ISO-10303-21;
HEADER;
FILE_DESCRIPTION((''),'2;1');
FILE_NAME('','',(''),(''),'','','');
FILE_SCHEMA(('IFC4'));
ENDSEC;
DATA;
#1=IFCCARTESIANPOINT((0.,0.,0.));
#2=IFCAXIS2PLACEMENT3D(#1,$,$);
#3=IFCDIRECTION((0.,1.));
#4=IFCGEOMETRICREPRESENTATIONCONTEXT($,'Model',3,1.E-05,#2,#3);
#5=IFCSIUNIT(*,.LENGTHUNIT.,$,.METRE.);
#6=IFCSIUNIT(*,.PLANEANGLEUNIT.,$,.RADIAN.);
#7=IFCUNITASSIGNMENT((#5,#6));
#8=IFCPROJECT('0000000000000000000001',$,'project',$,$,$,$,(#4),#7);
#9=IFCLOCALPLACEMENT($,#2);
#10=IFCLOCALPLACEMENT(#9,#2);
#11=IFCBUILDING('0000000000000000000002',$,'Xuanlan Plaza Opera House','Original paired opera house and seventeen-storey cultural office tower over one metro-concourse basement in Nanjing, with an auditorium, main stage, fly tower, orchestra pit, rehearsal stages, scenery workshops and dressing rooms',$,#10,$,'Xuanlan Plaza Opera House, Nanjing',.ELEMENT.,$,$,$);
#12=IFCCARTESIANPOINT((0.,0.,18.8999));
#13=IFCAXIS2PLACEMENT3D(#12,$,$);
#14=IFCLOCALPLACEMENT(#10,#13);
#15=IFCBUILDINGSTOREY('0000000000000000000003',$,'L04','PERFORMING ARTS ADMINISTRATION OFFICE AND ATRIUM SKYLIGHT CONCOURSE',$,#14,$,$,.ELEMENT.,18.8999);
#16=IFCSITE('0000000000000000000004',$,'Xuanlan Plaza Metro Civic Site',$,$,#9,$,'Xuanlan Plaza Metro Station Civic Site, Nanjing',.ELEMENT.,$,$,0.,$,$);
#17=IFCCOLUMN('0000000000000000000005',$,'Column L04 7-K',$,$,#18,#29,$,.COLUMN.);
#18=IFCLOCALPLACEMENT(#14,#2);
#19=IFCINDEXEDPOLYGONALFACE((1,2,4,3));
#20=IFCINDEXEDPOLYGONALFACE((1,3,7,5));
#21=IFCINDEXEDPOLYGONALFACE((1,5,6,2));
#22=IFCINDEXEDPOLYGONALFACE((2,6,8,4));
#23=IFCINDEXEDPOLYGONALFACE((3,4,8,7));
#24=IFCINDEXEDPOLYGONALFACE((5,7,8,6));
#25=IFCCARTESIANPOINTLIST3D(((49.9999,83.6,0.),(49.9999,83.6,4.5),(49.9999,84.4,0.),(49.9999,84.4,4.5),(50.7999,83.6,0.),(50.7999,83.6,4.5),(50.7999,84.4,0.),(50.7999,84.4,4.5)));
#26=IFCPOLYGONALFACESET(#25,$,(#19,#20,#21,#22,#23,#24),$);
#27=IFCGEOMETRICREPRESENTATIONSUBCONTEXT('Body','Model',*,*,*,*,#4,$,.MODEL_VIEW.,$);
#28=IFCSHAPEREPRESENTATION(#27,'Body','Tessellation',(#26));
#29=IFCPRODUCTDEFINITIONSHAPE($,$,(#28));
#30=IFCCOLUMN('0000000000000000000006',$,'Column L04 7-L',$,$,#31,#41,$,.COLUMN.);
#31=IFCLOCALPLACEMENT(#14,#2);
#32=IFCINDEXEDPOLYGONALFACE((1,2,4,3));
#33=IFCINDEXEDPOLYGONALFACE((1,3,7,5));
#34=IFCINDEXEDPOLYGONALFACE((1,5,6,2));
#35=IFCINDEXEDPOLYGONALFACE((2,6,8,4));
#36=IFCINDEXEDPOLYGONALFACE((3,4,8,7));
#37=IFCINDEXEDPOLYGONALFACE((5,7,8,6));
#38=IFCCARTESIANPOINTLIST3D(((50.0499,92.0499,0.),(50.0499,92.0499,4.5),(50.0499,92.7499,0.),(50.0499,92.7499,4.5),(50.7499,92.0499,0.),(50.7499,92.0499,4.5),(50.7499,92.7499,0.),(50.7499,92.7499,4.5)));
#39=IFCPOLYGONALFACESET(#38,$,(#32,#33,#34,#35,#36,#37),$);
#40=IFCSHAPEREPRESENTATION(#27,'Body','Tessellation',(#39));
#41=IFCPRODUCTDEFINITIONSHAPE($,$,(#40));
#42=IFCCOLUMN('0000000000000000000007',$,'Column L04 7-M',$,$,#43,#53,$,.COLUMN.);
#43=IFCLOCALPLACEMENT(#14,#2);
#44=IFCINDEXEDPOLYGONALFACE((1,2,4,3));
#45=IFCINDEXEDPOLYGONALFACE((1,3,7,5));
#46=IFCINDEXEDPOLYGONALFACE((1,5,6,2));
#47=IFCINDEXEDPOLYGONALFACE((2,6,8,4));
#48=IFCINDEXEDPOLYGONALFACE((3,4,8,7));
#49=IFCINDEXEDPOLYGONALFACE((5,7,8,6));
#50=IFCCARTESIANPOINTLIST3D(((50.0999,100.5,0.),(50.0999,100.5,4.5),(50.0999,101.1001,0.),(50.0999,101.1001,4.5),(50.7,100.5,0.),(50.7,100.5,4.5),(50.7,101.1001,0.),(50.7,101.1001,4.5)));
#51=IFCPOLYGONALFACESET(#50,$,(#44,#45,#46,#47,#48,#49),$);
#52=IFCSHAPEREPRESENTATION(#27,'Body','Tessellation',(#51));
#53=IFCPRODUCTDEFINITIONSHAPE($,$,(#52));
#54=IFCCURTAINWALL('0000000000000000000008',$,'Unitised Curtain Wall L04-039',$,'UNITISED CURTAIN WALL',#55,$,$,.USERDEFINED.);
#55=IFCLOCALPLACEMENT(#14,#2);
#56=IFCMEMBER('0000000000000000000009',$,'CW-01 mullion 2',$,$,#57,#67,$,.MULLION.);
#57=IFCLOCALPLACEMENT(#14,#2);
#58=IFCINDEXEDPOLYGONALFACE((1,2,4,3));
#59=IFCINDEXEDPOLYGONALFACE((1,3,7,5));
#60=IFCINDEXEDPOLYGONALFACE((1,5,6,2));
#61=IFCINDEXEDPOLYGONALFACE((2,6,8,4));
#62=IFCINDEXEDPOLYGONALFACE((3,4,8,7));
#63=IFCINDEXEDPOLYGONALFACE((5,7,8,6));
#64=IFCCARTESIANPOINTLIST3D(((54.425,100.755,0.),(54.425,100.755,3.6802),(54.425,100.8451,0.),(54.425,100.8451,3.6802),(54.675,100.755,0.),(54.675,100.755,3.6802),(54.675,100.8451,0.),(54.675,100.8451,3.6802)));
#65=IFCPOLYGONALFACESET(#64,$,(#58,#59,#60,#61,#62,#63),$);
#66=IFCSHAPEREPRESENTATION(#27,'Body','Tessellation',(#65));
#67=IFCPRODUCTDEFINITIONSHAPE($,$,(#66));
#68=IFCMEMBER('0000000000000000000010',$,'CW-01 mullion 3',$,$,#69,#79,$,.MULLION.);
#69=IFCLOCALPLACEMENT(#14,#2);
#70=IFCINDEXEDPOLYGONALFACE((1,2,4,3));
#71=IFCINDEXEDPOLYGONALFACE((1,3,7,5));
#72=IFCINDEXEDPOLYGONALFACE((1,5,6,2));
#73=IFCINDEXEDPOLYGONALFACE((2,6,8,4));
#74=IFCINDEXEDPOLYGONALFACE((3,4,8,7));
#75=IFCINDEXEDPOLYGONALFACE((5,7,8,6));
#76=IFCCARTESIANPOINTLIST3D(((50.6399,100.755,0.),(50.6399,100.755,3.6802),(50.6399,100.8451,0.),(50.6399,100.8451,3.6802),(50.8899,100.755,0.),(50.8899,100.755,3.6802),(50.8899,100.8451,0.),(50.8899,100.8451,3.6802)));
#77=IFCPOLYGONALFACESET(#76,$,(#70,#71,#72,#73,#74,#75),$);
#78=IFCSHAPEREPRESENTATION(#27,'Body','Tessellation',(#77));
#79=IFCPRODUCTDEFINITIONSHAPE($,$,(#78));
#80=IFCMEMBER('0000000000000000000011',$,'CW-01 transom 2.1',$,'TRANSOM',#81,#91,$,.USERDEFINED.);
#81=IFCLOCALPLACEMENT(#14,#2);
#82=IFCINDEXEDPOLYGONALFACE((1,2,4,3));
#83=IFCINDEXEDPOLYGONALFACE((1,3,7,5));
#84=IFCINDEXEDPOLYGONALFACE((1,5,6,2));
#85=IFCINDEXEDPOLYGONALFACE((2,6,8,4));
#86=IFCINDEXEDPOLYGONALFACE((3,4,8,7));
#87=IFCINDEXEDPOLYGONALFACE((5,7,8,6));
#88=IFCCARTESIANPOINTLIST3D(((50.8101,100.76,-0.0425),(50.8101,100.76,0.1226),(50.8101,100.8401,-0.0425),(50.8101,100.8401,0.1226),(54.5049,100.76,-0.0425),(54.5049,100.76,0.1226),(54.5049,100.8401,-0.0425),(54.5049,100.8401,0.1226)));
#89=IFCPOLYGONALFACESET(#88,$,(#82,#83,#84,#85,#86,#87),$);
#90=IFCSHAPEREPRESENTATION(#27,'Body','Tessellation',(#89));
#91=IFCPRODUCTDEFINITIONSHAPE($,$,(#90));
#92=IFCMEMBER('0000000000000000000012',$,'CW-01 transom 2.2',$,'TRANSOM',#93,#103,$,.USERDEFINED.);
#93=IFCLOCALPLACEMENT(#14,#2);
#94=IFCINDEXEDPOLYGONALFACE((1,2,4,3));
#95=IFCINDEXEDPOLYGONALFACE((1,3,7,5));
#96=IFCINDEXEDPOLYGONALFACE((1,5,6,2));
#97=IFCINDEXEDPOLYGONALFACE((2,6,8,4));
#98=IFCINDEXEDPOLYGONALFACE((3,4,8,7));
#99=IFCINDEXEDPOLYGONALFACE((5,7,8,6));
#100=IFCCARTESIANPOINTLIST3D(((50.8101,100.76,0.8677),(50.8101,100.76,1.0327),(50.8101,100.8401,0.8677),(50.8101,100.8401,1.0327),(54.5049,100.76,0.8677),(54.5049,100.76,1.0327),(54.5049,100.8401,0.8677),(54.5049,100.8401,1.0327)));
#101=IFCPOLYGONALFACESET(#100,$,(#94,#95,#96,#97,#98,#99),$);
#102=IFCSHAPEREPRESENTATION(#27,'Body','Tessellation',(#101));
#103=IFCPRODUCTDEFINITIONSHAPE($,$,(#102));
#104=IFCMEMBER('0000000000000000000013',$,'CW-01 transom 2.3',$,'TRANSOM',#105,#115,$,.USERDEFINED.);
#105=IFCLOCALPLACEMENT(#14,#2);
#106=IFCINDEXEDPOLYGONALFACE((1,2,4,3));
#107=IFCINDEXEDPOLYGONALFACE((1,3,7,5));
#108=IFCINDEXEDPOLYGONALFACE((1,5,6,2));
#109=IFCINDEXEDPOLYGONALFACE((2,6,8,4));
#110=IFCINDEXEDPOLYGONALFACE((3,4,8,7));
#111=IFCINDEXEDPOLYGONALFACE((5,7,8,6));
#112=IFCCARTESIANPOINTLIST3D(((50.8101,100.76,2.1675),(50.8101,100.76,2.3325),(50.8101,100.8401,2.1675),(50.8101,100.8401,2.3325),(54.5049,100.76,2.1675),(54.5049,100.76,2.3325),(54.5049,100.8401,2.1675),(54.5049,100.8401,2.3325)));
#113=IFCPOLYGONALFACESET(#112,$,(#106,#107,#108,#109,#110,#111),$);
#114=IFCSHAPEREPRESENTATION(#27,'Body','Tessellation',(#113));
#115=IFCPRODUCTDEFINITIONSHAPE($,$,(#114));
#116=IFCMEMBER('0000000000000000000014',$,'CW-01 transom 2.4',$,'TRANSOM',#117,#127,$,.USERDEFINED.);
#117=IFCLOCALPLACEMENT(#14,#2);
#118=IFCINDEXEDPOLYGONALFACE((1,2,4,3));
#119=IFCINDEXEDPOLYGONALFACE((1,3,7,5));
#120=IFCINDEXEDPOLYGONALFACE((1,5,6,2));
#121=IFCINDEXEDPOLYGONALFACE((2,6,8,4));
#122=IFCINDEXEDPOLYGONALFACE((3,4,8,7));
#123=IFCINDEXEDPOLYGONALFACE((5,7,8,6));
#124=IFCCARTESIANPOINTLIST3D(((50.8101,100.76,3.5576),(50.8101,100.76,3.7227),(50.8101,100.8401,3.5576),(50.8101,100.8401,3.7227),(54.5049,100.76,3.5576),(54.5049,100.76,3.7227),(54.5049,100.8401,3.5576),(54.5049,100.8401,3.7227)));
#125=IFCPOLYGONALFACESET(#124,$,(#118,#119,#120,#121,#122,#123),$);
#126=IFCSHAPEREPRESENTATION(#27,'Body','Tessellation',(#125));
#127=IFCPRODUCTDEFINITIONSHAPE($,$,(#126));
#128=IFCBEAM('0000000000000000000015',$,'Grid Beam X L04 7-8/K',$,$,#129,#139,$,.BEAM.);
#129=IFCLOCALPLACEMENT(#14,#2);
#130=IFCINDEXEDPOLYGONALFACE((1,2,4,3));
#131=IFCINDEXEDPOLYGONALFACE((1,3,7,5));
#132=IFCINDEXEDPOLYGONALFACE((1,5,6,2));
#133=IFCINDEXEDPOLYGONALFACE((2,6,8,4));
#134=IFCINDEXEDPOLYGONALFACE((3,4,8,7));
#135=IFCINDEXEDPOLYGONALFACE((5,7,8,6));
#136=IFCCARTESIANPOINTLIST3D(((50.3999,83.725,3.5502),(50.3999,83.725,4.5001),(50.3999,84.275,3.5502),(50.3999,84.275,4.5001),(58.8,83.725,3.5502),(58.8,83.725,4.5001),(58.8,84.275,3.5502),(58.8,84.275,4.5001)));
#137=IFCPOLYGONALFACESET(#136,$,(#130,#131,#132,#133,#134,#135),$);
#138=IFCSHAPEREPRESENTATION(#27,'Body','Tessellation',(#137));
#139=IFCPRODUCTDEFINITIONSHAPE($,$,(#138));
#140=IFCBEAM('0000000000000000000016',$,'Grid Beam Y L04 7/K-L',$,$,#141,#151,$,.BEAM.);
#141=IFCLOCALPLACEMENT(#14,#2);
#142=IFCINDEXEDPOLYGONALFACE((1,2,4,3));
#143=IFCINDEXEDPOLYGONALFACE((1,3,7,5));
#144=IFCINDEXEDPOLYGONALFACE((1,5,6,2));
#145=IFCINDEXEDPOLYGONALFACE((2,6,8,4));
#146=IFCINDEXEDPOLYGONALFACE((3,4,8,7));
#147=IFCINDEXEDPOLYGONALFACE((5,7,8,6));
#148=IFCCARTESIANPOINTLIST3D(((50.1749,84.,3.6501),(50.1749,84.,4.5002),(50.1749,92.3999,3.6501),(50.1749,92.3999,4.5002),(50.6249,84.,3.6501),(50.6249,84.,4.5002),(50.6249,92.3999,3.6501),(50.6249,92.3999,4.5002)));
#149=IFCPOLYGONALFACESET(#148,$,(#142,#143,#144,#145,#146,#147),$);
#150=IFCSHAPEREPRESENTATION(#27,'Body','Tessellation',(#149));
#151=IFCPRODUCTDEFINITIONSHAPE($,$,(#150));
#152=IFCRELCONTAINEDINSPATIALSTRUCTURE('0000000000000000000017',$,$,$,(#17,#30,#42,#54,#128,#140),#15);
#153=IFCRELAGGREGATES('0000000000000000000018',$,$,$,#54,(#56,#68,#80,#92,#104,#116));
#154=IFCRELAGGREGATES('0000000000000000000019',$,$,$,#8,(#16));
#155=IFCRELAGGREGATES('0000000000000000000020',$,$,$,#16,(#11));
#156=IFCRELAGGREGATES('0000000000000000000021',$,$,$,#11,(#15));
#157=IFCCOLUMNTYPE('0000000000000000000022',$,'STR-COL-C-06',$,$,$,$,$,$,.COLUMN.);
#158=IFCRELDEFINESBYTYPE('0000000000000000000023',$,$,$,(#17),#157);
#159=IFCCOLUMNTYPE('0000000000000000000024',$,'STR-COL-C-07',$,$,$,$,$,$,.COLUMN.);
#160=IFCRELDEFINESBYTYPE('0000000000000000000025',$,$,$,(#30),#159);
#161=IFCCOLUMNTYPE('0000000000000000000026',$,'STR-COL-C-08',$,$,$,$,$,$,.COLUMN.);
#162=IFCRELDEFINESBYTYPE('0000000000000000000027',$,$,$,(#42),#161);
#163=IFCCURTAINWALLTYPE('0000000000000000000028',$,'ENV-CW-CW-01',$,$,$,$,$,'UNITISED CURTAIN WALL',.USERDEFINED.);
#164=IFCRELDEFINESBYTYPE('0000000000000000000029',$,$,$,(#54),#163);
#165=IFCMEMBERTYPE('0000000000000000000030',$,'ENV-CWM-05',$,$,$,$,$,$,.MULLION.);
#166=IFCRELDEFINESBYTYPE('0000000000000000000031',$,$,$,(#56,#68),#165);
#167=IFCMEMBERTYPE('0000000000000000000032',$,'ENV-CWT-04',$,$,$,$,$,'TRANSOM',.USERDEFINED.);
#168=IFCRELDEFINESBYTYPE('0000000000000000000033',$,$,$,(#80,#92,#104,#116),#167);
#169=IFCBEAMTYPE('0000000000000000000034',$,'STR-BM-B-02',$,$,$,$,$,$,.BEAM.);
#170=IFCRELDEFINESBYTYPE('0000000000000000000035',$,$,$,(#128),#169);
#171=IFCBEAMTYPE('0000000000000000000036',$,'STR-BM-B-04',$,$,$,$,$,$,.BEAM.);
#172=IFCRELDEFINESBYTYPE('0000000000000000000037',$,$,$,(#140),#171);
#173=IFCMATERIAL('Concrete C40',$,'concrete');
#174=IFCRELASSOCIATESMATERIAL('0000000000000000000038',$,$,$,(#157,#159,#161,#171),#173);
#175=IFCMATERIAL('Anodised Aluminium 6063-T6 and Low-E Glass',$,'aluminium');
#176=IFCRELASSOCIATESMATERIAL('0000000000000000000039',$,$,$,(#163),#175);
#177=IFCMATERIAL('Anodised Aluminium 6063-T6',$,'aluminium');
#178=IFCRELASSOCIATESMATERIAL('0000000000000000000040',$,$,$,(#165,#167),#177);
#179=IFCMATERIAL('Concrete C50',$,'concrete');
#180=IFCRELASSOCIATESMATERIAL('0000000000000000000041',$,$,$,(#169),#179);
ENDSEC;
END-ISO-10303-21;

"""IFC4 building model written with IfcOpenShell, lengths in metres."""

from ifc_helpers import new_model, si_unit, direction, frame, origin, origin_2d, place, context, subcontext, project, spatial, rectangle, extrude, material, material_profile, profile_set, type_object, element, aggregate, save


model = new_model("IFC4")

# Units and contexts
model_context = context("Model", 3, precision=1e-05, world=origin(), true_north=direction((0.0, 1.0)))
body_context = subcontext(model_context, "Body", "Model", "MODEL_VIEW")
ifc_project = project(units=[si_unit("LENGTHUNIT", "METRE"), si_unit("PLANEANGLEUNIT", "RADIAN")], contexts=[model_context])

# Site, building, storey
site_placement = place(None, origin())
site = spatial("IfcSite", under=ifc_project, at=site_placement, Name="Xuanlan Plaza Metro Civic Site", LongName="Xuanlan Plaza Metro Station Civic Site, Nanjing", CompositionType="ELEMENT", RefElevation=0.0)
building_placement = place(site_placement, origin())
building = spatial("IfcBuilding", under=site, at=building_placement, Name="Xuanlan Plaza Opera House", Description="Original paired opera house and seventeen-storey cultural office tower over one metro-concourse basement in Nanjing, with an auditorium, main stage, fly tower, orchestra pit, rehearsal stages, scenery workshops and dressing rooms", LongName="Xuanlan Plaza Opera House, Nanjing", CompositionType="ELEMENT")
storey_placement = place(building_placement, frame((0.0, 0.0, 18.8999)))
storey = spatial("IfcBuildingStorey", under=building, at=storey_placement, Name="L04", Description="PERFORMING ARTS ADMINISTRATION OFFICE AND ATRIUM SKYLIGHT CONCOURSE", CompositionType="ELEMENT", Elevation=18.8999)

# Columns
ifc_material_1 = material(Name="Concrete C40", Category="concrete")
ifc_material_profile_1 = material_profile(ifc_material_1, rectangle(XDim=0.8, YDim=0.8, at=origin_2d()), Name="RC-COL 800x800")
ifc_profile_set_1 = profile_set([ifc_material_profile_1], Name="Concrete C40")
column_type_1 = type_object("IfcColumnType", Name="STR-COL-C-06", PredefinedType="COLUMN", material=ifc_profile_set_1)
column_1_placement = place(storey_placement, frame((50.3999, 84.0, 0.0), z_axis=(0.0, 0.0, 1.0), x_axis=(1.0, 0.0, 0.0)))
element("IfcColumn", 1, at=column_1_placement, inside=storey, type_object=column_type_1, Name="Column L04 7-K", PredefinedType="COLUMN", context=body_context, shape_type="SweptSolid", body=[
    extrude(rectangle(XDim=0.8, YDim=0.8, at=origin_2d()), origin(), (0.0, 0.0, 1.0), 4.5),
])
ifc_material_profile_2 = material_profile(ifc_material_1, rectangle(XDim=0.7, YDim=0.7, at=origin_2d()), Name="RC-COL 700x700")
ifc_profile_set_2 = profile_set([ifc_material_profile_2], Name="Concrete C40")
column_type_2 = type_object("IfcColumnType", Name="STR-COL-C-07", PredefinedType="COLUMN", material=ifc_profile_set_2)
column_2_placement = place(storey_placement, frame((50.3999, 92.3999, 0.0), z_axis=(0.0, 0.0, 1.0), x_axis=(1.0, 0.0, 0.0)))
element("IfcColumn", 2, at=column_2_placement, inside=storey, type_object=column_type_2, Name="Column L04 7-L", PredefinedType="COLUMN", context=body_context, shape_type="SweptSolid", body=[
    extrude(rectangle(XDim=0.7, YDim=0.7, at=origin_2d()), origin(), (0.0, 0.0, 1.0), 4.5),
])
ifc_material_profile_3 = material_profile(ifc_material_1, rectangle(XDim=0.6001, YDim=0.6001, at=origin_2d()), Name="RC-COL 600x600")
ifc_profile_set_3 = profile_set([ifc_material_profile_3], Name="Concrete C40")
column_type_3 = type_object("IfcColumnType", Name="STR-COL-C-08", PredefinedType="COLUMN", material=ifc_profile_set_3)
column_3_placement = place(storey_placement, frame((50.3999, 100.8, 0.0), z_axis=(0.0, 0.0, 1.0), x_axis=(1.0, 0.0, 0.0)))
element("IfcColumn", 3, at=column_3_placement, inside=storey, type_object=column_type_3, Name="Column L04 7-M", PredefinedType="COLUMN", context=body_context, shape_type="SweptSolid", body=[
    extrude(rectangle(XDim=0.6001, YDim=0.6001, at=origin_2d()), origin(), (0.0, 0.0, 1.0), 4.5),
])

# Curtain wall, members
ifc_material_2 = material(Name="Anodised Aluminium 6063-T6 and Low-E Glass", Category="aluminium")
curtain_wall_type = type_object("IfcCurtainWallType", Name="ENV-CW-CW-01", ElementType="UNITISED CURTAIN WALL", PredefinedType="USERDEFINED", material=ifc_material_2)
curtain_wall_placement = place(storey_placement, origin())
curtain_wall = element("IfcCurtainWall", 4, at=curtain_wall_placement, inside=storey, type_object=curtain_wall_type, Name="Unitised Curtain Wall L04-039", ObjectType="UNITISED CURTAIN WALL", PredefinedType="USERDEFINED")
ifc_material_3 = material(Name="Anodised Aluminium 6063-T6", Category="aluminium")
ifc_material_profile_4 = material_profile(ifc_material_3, rectangle(XDim=0.0901, YDim=0.25, at=origin_2d()), Name="ALU-M 90x250")
ifc_profile_set_4 = profile_set([ifc_material_profile_4], Name="Anodised Aluminium 6063-T6")
member_type_1 = type_object("IfcMemberType", Name="ENV-CWM-05", PredefinedType="MULLION", material=ifc_profile_set_4)
member_1_placement = place(storey_placement, frame((54.55, 100.8, 0.0), z_axis=(0.0, 0.0, 1.0), x_axis=(0.0, -1.0, 0.0)))
member_1 = element("IfcMember", 5, at=member_1_placement, type_object=member_type_1, Name="CW-01 mullion 2", PredefinedType="MULLION", context=body_context, shape_type="SweptSolid", body=[
    extrude(rectangle(XDim=0.0901, YDim=0.25, at=origin_2d()), origin(), (0.0, 0.0, 1.0), 3.6802),
])
member_2_placement = place(storey_placement, frame((50.7649, 100.8, 0.0), z_axis=(0.0, 0.0, 1.0), x_axis=(0.0, -1.0, 0.0)))
member_2 = element("IfcMember", 6, at=member_2_placement, type_object=member_type_1, Name="CW-01 mullion 3", PredefinedType="MULLION", context=body_context, shape_type="SweptSolid", body=[
    extrude(rectangle(XDim=0.0901, YDim=0.25, at=origin_2d()), origin(), (0.0, 0.0, 1.0), 3.6802),
])
ifc_material_profile_5 = material_profile(ifc_material_3, rectangle(XDim=0.0801, YDim=0.165, at=origin_2d()), Name="ALU-T 80x165")
ifc_profile_set_5 = profile_set([ifc_material_profile_5], Name="Anodised Aluminium 6063-T6")
member_type_2 = type_object("IfcMemberType", Name="ENV-CWT-04", ElementType="TRANSOM", PredefinedType="USERDEFINED", material=ifc_profile_set_5)
member_3_placement = place(storey_placement, frame((54.5049, 100.8, 0.04), z_axis=(-1.0, 0.0, 0.0), x_axis=(0.0, -1.0, 0.0)))
member_3 = element("IfcMember", 7, at=member_3_placement, type_object=member_type_2, Name="CW-01 transom 2.1", ObjectType="TRANSOM", PredefinedType="USERDEFINED", context=body_context, shape_type="SweptSolid", body=[
    extrude(rectangle(XDim=0.0801, YDim=0.165, at=origin_2d()), origin(), (0.0, 0.0, 1.0), 3.6948),
])
member_4_placement = place(storey_placement, frame((54.5049, 100.8, 0.9502), z_axis=(-1.0, 0.0, 0.0), x_axis=(0.0, -1.0, 0.0)))
member_4 = element("IfcMember", 8, at=member_4_placement, type_object=member_type_2, Name="CW-01 transom 2.2", ObjectType="TRANSOM", PredefinedType="USERDEFINED", context=body_context, shape_type="SweptSolid", body=[
    extrude(rectangle(XDim=0.0801, YDim=0.165, at=origin_2d()), origin(), (0.0, 0.0, 1.0), 3.6948),
])
member_5_placement = place(storey_placement, frame((54.5049, 100.8, 2.25), z_axis=(-1.0, 0.0, 0.0), x_axis=(0.0, -1.0, 0.0)))
member_5 = element("IfcMember", 9, at=member_5_placement, type_object=member_type_2, Name="CW-01 transom 2.3", ObjectType="TRANSOM", PredefinedType="USERDEFINED", context=body_context, shape_type="SweptSolid", body=[
    extrude(rectangle(XDim=0.0801, YDim=0.165, at=origin_2d()), origin(), (0.0, 0.0, 1.0), 3.6948),
])
member_6_placement = place(storey_placement, frame((54.5049, 100.8, 3.6401), z_axis=(-1.0, 0.0, 0.0), x_axis=(0.0, -1.0, 0.0)))
member_6 = element("IfcMember", 10, at=member_6_placement, type_object=member_type_2, Name="CW-01 transom 2.4", ObjectType="TRANSOM", PredefinedType="USERDEFINED", context=body_context, shape_type="SweptSolid", body=[
    extrude(rectangle(XDim=0.0801, YDim=0.165, at=origin_2d()), origin(), (0.0, 0.0, 1.0), 3.6948),
])

# Beams
ifc_material_4 = material(Name="Concrete C50", Category="concrete")
ifc_material_profile_6 = material_profile(ifc_material_4, rectangle(XDim=0.55, YDim=0.95, at=origin_2d()), Name="RC-BM 550x950")
ifc_profile_set_6 = profile_set([ifc_material_profile_6], Name="Concrete C50")
beam_type_1 = type_object("IfcBeamType", Name="STR-BM-B-02", PredefinedType="BEAM", material=ifc_profile_set_6)
beam_1_placement = place(storey_placement, frame((50.3999, 84.0, 4.0251), z_axis=(1.0, 0.0, 0.0), x_axis=(0.0, 1.0, 0.0)))
element("IfcBeam", 11, at=beam_1_placement, inside=storey, type_object=beam_type_1, Name="Grid Beam X L04 7-8/K", PredefinedType="BEAM", context=body_context, shape_type="SweptSolid", body=[
    extrude(rectangle(XDim=0.55, YDim=0.95, at=origin_2d()), origin(), (0.0, 0.0, 1.0), 8.4001),
])
ifc_material_profile_7 = material_profile(ifc_material_1, rectangle(XDim=0.45, YDim=0.8501, at=origin_2d()), Name="RC-BM 450x850")
ifc_profile_set_7 = profile_set([ifc_material_profile_7], Name="Concrete C40")
beam_type_2 = type_object("IfcBeamType", Name="STR-BM-B-04", PredefinedType="BEAM", material=ifc_profile_set_7)
beam_2_placement = place(storey_placement, frame((50.3999, 84.0, 4.0752), z_axis=(0.0, 1.0, 0.0), x_axis=(-1.0, 0.0, 0.0)))
element("IfcBeam", 12, at=beam_2_placement, inside=storey, type_object=beam_type_2, Name="Grid Beam Y L04 7/K-L", PredefinedType="BEAM", context=body_context, shape_type="SweptSolid", body=[
    extrude(rectangle(XDim=0.45, YDim=0.8501, at=origin_2d()), origin(), (0.0, 0.0, 1.0), 8.3999),
])

aggregate(curtain_wall, [member_1, member_2, member_3, member_4, member_5, member_6])

save(model, "model.ifc")
